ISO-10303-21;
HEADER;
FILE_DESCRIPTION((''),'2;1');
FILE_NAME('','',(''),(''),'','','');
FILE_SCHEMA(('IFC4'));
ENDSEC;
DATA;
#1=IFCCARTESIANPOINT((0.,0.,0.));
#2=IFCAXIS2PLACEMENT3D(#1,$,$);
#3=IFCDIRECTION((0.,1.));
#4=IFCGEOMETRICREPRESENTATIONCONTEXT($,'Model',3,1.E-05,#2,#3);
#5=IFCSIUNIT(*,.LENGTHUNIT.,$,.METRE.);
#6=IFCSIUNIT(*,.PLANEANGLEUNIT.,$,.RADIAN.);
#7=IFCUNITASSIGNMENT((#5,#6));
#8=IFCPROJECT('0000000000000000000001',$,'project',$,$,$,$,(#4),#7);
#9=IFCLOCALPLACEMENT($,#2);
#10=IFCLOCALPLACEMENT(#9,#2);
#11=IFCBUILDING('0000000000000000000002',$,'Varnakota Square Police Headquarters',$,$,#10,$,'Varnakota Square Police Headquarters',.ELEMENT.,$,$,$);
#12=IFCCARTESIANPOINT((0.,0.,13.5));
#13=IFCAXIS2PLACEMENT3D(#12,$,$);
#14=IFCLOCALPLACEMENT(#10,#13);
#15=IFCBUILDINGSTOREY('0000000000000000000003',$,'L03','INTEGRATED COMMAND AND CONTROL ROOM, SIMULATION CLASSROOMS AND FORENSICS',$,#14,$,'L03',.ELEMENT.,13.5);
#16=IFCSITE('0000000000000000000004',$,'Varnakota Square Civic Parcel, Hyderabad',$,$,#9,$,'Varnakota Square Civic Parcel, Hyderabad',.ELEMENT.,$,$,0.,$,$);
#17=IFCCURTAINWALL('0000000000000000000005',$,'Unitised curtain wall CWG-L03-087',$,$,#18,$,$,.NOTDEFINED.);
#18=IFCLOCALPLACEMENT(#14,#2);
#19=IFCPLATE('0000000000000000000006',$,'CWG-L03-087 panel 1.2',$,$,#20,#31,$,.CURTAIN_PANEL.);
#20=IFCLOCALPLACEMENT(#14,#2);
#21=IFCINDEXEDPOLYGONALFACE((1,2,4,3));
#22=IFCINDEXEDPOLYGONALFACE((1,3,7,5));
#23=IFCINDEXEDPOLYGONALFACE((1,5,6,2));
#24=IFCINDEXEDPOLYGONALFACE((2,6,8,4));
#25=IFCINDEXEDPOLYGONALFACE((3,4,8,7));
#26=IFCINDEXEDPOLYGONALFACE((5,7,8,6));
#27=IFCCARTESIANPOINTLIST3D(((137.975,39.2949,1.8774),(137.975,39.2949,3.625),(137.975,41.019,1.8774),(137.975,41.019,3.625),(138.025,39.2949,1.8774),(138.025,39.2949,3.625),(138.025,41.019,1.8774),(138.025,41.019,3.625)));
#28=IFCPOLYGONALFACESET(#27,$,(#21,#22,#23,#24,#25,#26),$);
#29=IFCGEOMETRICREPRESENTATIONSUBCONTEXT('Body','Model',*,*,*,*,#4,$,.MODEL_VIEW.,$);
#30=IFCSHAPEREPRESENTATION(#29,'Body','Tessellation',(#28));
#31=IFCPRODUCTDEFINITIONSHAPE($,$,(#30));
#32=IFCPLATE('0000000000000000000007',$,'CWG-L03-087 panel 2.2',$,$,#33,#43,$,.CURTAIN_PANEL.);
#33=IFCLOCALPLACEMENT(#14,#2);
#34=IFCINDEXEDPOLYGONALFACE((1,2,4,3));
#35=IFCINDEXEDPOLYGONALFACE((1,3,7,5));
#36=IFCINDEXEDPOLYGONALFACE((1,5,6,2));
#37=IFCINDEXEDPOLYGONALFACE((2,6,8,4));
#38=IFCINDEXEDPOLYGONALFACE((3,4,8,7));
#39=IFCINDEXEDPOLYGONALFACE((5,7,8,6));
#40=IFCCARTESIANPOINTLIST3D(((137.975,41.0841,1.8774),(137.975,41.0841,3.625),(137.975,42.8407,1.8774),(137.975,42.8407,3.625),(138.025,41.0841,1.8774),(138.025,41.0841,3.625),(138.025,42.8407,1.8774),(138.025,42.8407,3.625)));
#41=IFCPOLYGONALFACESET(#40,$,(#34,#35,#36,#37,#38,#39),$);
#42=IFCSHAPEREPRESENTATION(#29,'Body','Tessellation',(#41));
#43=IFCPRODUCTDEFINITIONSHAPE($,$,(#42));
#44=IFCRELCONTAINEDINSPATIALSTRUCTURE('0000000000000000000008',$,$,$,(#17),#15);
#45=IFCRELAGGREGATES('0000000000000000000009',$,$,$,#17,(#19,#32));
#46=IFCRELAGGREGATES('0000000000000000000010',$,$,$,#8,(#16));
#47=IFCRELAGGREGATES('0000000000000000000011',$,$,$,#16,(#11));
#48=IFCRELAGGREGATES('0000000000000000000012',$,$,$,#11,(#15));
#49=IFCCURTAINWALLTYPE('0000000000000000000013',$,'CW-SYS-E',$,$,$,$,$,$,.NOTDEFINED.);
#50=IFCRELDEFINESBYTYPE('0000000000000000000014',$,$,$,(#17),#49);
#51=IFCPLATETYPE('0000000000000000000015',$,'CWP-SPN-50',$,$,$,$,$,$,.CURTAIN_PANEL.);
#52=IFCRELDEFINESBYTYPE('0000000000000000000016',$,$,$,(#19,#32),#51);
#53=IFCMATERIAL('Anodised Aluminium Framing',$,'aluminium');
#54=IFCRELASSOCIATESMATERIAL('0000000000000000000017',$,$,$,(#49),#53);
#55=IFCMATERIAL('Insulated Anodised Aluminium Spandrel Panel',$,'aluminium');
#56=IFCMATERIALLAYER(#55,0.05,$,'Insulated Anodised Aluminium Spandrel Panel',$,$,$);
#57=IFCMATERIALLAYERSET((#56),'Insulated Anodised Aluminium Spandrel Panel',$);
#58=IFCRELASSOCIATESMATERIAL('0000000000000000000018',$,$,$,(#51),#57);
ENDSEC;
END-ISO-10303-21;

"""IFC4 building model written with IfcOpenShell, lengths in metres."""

from ifc_helpers import new_model, si_unit, direction, frame, origin, origin_2d, place, context, subcontext, project, spatial, rectangle, extrude, material, layer, layer_set, type_object, element, aggregate, save


model = new_model("IFC4")

# Units and contexts
model_context = context("Model", 3, precision=1e-05, world=origin(), true_north=direction((0.0, 1.0)))
body_context = subcontext(model_context, "Body", "Model", "MODEL_VIEW")
ifc_project = project(units=[si_unit("LENGTHUNIT", "METRE"), si_unit("PLANEANGLEUNIT", "RADIAN")], contexts=[model_context])

# Site, building, storey
site_placement = place(None, origin())
site = spatial("IfcSite", under=ifc_project, at=site_placement, Name="Varnakota Square Civic Parcel, Hyderabad", LongName="Varnakota Square Civic Parcel, Hyderabad", CompositionType="ELEMENT", RefElevation=0.0)
building_placement = place(site_placement, origin())
building = spatial("IfcBuilding", under=site, at=building_placement, Name="Varnakota Square Police Headquarters", LongName="Varnakota Square Police Headquarters", CompositionType="ELEMENT")
storey_placement = place(building_placement, frame((0.0, 0.0, 13.5)))
storey = spatial("IfcBuildingStorey", under=building, at=storey_placement, Name="L03", Description="INTEGRATED COMMAND AND CONTROL ROOM, SIMULATION CLASSROOMS AND FORENSICS", LongName="L03", CompositionType="ELEMENT", Elevation=13.5)

# Curtain wall, plates
ifc_material_1 = material(Name="Anodised Aluminium Framing", Category="aluminium")
curtain_wall_type = type_object("IfcCurtainWallType", Name="CW-SYS-E", PredefinedType="NOTDEFINED", material=ifc_material_1)
curtain_wall_placement = place(storey_placement, origin())
curtain_wall = element("IfcCurtainWall", 1, at=curtain_wall_placement, inside=storey, type_object=curtain_wall_type, Name="Unitised curtain wall CWG-L03-087", PredefinedType="NOTDEFINED")
ifc_material_2 = material(Name="Insulated Anodised Aluminium Spandrel Panel", Category="aluminium")
ifc_layer_1 = layer(ifc_material_2, 0.05, Name="Insulated Anodised Aluminium Spandrel Panel")
ifc_layer_set_1 = layer_set([ifc_layer_1], Name="Insulated Anodised Aluminium Spandrel Panel")
plate_type_1 = type_object("IfcPlateType", Name="CWP-SPN-50", PredefinedType="CURTAIN_PANEL", material=ifc_layer_set_1)
plate_1_placement = place(storey_placement, frame((138.0, 40.157, 1.8774), z_axis=(0.0, 0.0, 1.0), x_axis=(0.0, 1.0, 0.0)))
plate_1 = element("IfcPlate", 2, at=plate_1_placement, type_object=plate_type_1, Name="CWG-L03-087 panel 1.2", PredefinedType="CURTAIN_PANEL", context=body_context, shape_type="SweptSolid", body=[
    extrude(rectangle(XDim=1.7241, YDim=0.05, at=origin_2d()), origin(), (0.0, 0.0, 1.0), 1.7476),
])
plate_2_placement = place(storey_placement, frame((138.0, 41.9624, 1.8774), z_axis=(0.0, 0.0, 1.0), x_axis=(0.0, 1.0, 0.0)))
plate_2 = element("IfcPlate", 3, at=plate_2_placement, type_object=plate_type_1, Name="CWG-L03-087 panel 2.2", PredefinedType="CURTAIN_PANEL", context=body_context, shape_type="SweptSolid", body=[
    extrude(rectangle(XDim=1.7566, YDim=0.05, at=origin_2d()), origin(), (0.0, 0.0, 1.0), 1.7476),
])
aggregate(curtain_wall, [plate_1, plate_2])

save(model, "model.ifc")
